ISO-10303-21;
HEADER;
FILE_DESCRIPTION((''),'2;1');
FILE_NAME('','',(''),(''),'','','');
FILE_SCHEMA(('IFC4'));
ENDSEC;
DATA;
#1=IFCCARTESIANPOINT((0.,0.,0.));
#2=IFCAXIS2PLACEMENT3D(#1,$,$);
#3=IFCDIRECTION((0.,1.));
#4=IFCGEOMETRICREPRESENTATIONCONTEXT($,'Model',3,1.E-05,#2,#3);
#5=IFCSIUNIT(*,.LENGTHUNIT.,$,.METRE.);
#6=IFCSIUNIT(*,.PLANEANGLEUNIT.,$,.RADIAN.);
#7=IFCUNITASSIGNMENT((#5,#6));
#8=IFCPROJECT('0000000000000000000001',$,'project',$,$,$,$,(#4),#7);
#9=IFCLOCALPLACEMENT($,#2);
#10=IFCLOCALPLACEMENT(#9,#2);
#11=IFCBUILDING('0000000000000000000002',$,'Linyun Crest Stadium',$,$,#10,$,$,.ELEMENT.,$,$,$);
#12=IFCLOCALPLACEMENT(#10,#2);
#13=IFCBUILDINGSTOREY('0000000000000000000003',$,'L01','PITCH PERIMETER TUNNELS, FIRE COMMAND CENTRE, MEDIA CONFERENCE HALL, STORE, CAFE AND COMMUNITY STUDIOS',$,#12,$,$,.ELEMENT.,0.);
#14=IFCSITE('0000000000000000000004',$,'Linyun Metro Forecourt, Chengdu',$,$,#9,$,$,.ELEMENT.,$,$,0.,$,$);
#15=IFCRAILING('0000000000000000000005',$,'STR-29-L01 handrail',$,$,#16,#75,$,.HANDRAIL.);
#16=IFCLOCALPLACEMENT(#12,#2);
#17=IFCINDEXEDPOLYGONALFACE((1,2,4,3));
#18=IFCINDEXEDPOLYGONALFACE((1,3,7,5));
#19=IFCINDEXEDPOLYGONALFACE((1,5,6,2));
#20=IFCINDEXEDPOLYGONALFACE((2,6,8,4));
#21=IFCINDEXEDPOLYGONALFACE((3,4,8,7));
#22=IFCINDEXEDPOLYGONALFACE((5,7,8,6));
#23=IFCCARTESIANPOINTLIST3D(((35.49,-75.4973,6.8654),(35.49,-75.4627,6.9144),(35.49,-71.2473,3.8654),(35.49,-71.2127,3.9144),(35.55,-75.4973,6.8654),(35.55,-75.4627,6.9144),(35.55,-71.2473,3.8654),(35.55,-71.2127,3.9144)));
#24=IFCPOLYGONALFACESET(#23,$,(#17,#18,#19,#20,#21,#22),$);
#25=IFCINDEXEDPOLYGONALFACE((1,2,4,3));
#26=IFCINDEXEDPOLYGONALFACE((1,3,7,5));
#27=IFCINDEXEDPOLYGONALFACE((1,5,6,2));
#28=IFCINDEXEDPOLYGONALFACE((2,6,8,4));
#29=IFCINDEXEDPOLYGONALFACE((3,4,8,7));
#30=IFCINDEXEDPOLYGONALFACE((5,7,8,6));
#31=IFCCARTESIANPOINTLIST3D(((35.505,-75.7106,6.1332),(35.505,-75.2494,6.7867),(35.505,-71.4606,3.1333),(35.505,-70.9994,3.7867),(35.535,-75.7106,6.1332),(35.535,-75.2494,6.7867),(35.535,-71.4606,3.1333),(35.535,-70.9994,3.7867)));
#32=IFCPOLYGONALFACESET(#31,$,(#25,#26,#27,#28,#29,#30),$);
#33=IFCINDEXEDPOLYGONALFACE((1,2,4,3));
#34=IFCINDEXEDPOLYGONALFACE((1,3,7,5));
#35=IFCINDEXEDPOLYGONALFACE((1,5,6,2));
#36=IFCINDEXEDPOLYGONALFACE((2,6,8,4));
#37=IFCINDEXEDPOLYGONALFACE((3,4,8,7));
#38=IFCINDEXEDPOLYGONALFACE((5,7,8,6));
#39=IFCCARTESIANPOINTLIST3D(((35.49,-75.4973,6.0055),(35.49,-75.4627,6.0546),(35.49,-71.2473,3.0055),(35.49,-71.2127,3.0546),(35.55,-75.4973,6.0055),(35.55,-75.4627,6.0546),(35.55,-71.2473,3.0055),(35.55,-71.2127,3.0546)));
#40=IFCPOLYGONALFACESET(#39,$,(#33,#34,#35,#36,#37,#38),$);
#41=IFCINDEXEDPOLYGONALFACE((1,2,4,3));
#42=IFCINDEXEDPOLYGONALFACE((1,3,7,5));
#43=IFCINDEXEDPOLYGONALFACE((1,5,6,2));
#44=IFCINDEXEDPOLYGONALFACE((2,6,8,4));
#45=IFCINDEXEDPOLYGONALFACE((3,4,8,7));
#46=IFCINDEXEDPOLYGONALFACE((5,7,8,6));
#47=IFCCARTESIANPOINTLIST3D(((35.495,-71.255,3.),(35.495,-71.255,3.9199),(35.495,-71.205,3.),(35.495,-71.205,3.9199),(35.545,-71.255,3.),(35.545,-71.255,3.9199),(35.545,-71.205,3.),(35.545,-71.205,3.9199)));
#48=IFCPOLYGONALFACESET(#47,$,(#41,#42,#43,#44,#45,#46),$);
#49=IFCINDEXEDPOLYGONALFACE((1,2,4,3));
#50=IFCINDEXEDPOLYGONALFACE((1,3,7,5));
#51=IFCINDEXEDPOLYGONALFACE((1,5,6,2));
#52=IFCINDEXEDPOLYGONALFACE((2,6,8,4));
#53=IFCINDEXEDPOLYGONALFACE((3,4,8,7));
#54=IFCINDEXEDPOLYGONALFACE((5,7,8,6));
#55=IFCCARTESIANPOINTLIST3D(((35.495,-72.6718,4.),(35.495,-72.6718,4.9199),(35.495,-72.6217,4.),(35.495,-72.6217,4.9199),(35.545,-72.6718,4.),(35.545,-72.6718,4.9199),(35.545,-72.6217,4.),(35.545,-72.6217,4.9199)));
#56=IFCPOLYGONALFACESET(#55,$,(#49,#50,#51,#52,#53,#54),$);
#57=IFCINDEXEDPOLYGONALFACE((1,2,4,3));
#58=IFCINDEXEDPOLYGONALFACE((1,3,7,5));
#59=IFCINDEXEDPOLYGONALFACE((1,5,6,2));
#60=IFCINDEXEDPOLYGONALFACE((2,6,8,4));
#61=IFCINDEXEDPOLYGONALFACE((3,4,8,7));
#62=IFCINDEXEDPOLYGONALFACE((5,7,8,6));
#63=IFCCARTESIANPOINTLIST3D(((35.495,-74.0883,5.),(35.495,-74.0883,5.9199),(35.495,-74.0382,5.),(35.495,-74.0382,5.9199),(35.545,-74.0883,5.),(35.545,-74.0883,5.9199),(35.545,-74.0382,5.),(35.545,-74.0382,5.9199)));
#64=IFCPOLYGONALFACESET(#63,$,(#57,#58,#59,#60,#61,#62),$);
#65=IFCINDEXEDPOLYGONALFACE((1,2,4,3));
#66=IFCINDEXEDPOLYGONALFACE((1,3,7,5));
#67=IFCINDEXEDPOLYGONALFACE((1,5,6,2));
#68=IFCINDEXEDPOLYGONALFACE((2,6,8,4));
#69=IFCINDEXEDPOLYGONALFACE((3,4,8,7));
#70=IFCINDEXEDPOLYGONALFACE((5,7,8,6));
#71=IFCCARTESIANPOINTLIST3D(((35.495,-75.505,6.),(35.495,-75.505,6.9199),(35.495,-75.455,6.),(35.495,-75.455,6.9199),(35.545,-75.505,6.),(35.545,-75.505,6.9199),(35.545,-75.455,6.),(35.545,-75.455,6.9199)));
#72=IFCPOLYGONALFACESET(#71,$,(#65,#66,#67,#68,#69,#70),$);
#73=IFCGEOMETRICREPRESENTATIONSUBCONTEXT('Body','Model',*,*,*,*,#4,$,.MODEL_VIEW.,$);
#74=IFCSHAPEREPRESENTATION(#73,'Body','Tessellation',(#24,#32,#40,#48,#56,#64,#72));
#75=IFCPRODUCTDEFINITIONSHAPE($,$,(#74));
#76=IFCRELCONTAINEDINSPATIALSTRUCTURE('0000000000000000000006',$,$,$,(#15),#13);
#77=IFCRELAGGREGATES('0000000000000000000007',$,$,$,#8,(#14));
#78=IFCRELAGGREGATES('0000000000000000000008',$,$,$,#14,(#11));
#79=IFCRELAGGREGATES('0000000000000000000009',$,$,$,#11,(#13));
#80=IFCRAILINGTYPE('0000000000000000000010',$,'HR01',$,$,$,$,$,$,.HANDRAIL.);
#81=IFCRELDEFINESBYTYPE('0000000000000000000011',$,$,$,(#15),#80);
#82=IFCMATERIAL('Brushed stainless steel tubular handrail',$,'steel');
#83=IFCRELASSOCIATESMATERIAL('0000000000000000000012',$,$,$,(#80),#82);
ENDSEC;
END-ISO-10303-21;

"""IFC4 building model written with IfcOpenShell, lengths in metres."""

from ifc_helpers import new_model, si_unit, direction, frame, origin, origin_2d, place, context, subcontext, project, spatial, rectangle, extrude, material, type_object, element, save


model = new_model("IFC4")

# Units and contexts
model_context = context("Model", 3, precision=1e-05, world=origin(), true_north=direction((0.0, 1.0)))
body_context = subcontext(model_context, "Body", "Model", "MODEL_VIEW")
ifc_project = project(units=[si_unit("LENGTHUNIT", "METRE"), si_unit("PLANEANGLEUNIT", "RADIAN")], contexts=[model_context])

# Site, building, storey
site_placement = place(None, origin())
site = spatial("IfcSite", under=ifc_project, at=site_placement, Name="Linyun Metro Forecourt, Chengdu", CompositionType="ELEMENT", RefElevation=0.0)
building_placement = place(site_placement, origin())
building = spatial("IfcBuilding", under=site, at=building_placement, Name="Linyun Crest Stadium", CompositionType="ELEMENT")
storey_placement = place(building_placement, origin())
storey = spatial("IfcBuildingStorey", under=building, at=storey_placement, Name="L01", Description="PITCH PERIMETER TUNNELS, FIRE COMMAND CENTRE, MEDIA CONFERENCE HALL, STORE, CAFE AND COMMUNITY STUDIOS", CompositionType="ELEMENT", Elevation=0.0)

# Railing
ifc_material_1 = material(Name="Brushed stainless steel tubular handrail", Category="steel")
railing_type_1 = type_object("IfcRailingType", Name="HR01", PredefinedType="HANDRAIL", material=ifc_material_1)
railing_1_placement = place(storey_placement, frame((35.52, -71.23, 3.0)))
element("IfcRailing", 1, at=railing_1_placement, inside=storey, type_object=railing_type_1, Name="STR-29-L01 handrail", PredefinedType="HANDRAIL", context=body_context, shape_type="SweptSolid", body=[
    extrude(rectangle(XDim=0.0601, YDim=0.0601, at=origin_2d()), frame((0.0, 0.0, 0.8899), z_axis=(0.0, -0.816968, 0.576683), x_axis=(1.0, 0.0, 0.0)), (0.0, 0.0, 1.0), 5.2021),
    extrude(rectangle(XDim=0.03, YDim=0.7998, at=origin_2d()), frame((0.0, 0.0, 0.46), z_axis=(0.0, -0.816968, 0.576683), x_axis=(1.0, 0.0, 0.0)), (0.0, 0.0, 1.0), 5.2021),
    extrude(rectangle(XDim=0.0601, YDim=0.0601, at=origin_2d()), frame((0.0, 0.0, 0.03), z_axis=(0.0, -0.816968, 0.576683), x_axis=(1.0, 0.0, 0.0)), (0.0, 0.0, 1.0), 5.2021),
    extrude(rectangle(XDim=0.05, YDim=0.05, at=origin_2d()), origin(), (0.0, 0.0, 1.0), 0.9199),
    extrude(rectangle(XDim=0.05, YDim=0.05, at=origin_2d()), frame((0.0, -1.4167, 1.0)), (0.0, 0.0, 1.0), 0.9199),
    extrude(rectangle(XDim=0.05, YDim=0.05, at=origin_2d()), frame((0.0, -2.8333, 2.0)), (0.0, 0.0, 1.0), 0.9199),
    extrude(rectangle(XDim=0.05, YDim=0.05, at=origin_2d()), frame((0.0, -4.25, 3.0)), (0.0, 0.0, 1.0), 0.9199),
])

save(model, "model.ifc")
